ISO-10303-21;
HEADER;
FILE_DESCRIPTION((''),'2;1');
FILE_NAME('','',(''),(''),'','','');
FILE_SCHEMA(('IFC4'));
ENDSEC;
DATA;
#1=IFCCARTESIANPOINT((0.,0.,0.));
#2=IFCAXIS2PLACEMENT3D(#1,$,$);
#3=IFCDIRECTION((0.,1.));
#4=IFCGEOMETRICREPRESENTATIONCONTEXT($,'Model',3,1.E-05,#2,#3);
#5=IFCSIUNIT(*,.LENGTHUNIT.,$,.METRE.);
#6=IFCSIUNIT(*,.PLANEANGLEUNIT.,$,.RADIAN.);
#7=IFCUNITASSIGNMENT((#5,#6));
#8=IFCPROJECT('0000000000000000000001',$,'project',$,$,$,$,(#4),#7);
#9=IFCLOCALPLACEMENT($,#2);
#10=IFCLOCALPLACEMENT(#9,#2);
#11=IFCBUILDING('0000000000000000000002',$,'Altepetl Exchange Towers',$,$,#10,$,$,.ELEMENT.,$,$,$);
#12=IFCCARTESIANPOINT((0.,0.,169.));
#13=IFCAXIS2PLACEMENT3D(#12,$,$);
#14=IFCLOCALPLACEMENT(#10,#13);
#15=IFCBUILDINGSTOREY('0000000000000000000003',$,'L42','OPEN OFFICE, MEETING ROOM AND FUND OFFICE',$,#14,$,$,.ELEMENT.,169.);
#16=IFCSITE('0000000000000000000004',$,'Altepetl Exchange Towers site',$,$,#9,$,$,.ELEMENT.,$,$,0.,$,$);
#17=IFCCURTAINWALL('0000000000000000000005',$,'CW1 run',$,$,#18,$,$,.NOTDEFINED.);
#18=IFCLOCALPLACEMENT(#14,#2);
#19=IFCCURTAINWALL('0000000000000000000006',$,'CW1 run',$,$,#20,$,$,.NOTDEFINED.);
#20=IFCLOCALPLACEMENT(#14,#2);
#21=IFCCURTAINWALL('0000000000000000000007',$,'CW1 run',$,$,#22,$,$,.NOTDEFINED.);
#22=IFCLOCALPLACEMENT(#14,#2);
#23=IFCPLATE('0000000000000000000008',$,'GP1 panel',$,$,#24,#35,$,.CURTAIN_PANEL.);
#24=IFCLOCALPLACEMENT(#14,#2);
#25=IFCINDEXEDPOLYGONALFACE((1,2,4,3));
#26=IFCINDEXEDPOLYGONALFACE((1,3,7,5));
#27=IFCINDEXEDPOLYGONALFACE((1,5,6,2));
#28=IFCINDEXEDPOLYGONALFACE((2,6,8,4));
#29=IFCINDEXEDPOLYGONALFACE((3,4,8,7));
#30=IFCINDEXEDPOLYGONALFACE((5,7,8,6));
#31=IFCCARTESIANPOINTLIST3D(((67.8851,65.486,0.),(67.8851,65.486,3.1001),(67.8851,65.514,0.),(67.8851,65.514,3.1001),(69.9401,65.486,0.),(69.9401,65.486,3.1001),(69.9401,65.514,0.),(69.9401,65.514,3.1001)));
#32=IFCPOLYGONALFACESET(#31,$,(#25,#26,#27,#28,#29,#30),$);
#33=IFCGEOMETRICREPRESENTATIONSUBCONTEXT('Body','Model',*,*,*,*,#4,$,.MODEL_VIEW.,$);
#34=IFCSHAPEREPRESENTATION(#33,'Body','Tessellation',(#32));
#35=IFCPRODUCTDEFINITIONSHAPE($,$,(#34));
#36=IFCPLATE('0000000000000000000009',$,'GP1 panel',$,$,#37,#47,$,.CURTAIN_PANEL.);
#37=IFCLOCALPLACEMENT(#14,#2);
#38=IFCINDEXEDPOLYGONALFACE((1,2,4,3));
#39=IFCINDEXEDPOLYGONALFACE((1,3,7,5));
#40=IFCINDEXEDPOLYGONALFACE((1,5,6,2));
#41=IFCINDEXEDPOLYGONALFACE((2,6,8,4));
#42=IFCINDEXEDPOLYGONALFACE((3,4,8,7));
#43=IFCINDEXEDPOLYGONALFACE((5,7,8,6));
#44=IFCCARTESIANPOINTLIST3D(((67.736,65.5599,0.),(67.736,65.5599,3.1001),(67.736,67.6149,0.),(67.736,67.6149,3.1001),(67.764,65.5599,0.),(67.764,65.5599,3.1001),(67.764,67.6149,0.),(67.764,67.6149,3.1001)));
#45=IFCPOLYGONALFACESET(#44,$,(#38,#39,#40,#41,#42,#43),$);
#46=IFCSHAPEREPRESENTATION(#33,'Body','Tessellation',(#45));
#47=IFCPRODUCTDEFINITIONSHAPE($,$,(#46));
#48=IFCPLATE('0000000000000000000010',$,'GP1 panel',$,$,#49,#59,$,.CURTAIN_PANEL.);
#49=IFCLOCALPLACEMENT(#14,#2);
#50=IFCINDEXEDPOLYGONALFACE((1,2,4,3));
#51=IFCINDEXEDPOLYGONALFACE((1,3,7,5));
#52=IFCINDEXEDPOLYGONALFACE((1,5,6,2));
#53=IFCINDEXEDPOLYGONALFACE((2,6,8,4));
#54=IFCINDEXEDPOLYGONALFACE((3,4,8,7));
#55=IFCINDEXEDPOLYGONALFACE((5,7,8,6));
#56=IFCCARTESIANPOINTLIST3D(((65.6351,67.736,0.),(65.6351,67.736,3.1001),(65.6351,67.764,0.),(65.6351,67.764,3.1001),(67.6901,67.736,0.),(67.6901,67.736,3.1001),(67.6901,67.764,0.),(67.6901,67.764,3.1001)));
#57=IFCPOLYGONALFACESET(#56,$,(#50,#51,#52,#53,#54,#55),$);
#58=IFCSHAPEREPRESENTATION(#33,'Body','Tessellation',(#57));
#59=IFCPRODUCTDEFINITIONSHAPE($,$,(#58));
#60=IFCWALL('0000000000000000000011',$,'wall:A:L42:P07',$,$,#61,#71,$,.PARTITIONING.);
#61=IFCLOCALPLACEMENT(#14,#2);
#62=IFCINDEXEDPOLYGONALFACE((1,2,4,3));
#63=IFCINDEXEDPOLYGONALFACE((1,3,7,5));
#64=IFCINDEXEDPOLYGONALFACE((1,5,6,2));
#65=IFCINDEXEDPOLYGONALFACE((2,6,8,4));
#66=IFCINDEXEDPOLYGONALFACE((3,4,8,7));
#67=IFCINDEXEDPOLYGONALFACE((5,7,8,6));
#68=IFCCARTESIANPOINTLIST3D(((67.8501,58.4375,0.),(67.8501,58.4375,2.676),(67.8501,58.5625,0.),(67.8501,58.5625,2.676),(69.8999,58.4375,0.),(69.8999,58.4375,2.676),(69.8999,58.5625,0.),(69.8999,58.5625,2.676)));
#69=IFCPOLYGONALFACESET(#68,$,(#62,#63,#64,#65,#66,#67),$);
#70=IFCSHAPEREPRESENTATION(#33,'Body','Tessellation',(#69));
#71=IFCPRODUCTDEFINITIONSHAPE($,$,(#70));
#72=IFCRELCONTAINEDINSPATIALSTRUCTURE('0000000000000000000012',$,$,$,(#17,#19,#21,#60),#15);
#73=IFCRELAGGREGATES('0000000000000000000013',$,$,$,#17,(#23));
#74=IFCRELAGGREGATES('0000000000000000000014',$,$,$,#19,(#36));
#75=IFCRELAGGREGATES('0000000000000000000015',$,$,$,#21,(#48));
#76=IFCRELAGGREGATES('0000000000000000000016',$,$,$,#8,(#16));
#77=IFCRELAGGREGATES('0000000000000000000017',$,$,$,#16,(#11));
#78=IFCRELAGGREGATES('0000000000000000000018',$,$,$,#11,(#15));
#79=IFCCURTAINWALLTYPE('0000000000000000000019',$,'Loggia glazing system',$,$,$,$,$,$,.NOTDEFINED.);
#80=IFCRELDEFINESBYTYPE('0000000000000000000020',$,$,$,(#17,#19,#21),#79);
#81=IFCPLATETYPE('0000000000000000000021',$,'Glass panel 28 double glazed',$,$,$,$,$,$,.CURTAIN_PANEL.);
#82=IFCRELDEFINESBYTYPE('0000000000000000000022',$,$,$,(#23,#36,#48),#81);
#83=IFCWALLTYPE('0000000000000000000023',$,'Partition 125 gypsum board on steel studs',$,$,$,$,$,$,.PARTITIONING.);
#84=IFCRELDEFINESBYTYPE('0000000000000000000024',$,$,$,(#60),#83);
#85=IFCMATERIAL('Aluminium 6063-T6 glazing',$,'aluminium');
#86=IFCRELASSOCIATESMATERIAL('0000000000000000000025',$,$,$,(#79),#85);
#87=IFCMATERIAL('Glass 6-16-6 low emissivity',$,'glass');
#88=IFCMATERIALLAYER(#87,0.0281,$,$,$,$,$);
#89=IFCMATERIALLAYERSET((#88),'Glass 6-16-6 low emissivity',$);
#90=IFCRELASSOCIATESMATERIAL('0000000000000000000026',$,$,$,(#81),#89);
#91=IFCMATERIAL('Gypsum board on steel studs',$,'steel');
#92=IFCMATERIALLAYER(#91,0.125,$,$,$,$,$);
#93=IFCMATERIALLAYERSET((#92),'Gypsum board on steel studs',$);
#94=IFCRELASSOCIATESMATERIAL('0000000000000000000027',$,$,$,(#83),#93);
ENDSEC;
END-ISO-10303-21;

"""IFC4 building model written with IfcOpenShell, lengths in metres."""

from ifc_helpers import new_model, si_unit, direction, frame, frame_2d, origin, origin_2d, place, context, subcontext, project, spatial, rectangle, extrude, material, layer, layer_set, type_object, element, aggregate, save


model = new_model("IFC4")

# Units and contexts
model_context = context("Model", 3, precision=1e-05, world=origin(), true_north=direction((0.0, 1.0)))
body_context = subcontext(model_context, "Body", "Model", "MODEL_VIEW")
ifc_project = project(units=[si_unit("LENGTHUNIT", "METRE"), si_unit("PLANEANGLEUNIT", "RADIAN")], contexts=[model_context])

# Site, building, storey
site_placement = place(None, origin())
site = spatial("IfcSite", under=ifc_project, at=site_placement, Name="Altepetl Exchange Towers site", CompositionType="ELEMENT", RefElevation=0.0)
building_placement = place(site_placement, origin())
building = spatial("IfcBuilding", under=site, at=building_placement, Name="Altepetl Exchange Towers", CompositionType="ELEMENT")
storey_placement = place(building_placement, frame((0.0, 0.0, 169.0)))
storey = spatial("IfcBuildingStorey", under=building, at=storey_placement, Name="L42", Description="OPEN OFFICE, MEETING ROOM AND FUND OFFICE", CompositionType="ELEMENT", Elevation=169.0)

# Curtain walls
ifc_material_1 = material(Name="Aluminium 6063-T6 glazing", Category="aluminium")
curtain_wall_type = type_object("IfcCurtainWallType", Name="Loggia glazing system", PredefinedType="NOTDEFINED", material=ifc_material_1)
curtain_wall_1_placement = place(storey_placement, origin())
curtain_wall_1 = element("IfcCurtainWall", 1, at=curtain_wall_1_placement, inside=storey, type_object=curtain_wall_type, Name="CW1 run", PredefinedType="NOTDEFINED")
curtain_wall_2_placement = place(storey_placement, origin())
curtain_wall_2 = element("IfcCurtainWall", 2, at=curtain_wall_2_placement, inside=storey, type_object=curtain_wall_type, Name="CW1 run", PredefinedType="NOTDEFINED")
curtain_wall_3_placement = place(storey_placement, origin())
curtain_wall_3 = element("IfcCurtainWall", 3, at=curtain_wall_3_placement, inside=storey, type_object=curtain_wall_type, Name="CW1 run", PredefinedType="NOTDEFINED")

# Plates
ifc_material_2 = material(Name="Glass 6-16-6 low emissivity", Category="glass")
ifc_layer_1 = layer(ifc_material_2, 0.0281)
ifc_layer_set_1 = layer_set([ifc_layer_1], Name="Glass 6-16-6 low emissivity")
plate_type = type_object("IfcPlateType", Name="Glass panel 28 double glazed", PredefinedType="CURTAIN_PANEL", material=ifc_layer_set_1)
plate_1_placement = place(storey_placement, frame((68.9126, 65.5, 0.0), z_axis=(0.0, 0.0, 1.0), x_axis=(-1.0, 0.0, 0.0)))
plate_1 = element("IfcPlate", 4, at=plate_1_placement, type_object=plate_type, Name="GP1 panel", PredefinedType="CURTAIN_PANEL", context=body_context, shape_type="SweptSolid", body=[
    extrude(rectangle(XDim=2.0549, YDim=0.0281, at=origin_2d()), origin(), (0.0, 0.0, 1.0), 3.1001),
])
aggregate(curtain_wall_1, [plate_1])
plate_2_placement = place(storey_placement, frame((67.75, 66.5874, 0.0), z_axis=(0.0, 0.0, 1.0), x_axis=(0.0, 1.0, 0.0)))
plate_2 = element("IfcPlate", 5, at=plate_2_placement, type_object=plate_type, Name="GP1 panel", PredefinedType="CURTAIN_PANEL", context=body_context, shape_type="SweptSolid", body=[
    extrude(rectangle(XDim=2.0549, YDim=0.0281, at=origin_2d()), origin(), (0.0, 0.0, 1.0), 3.1001),
])
aggregate(curtain_wall_2, [plate_2])
plate_3_placement = place(storey_placement, frame((66.6626, 67.75, 0.0), z_axis=(0.0, 0.0, 1.0), x_axis=(-1.0, 0.0, 0.0)))
plate_3 = element("IfcPlate", 6, at=plate_3_placement, type_object=plate_type, Name="GP1 panel", PredefinedType="CURTAIN_PANEL", context=body_context, shape_type="SweptSolid", body=[
    extrude(rectangle(XDim=2.0549, YDim=0.0281, at=origin_2d()), origin(), (0.0, 0.0, 1.0), 3.1001),
])
aggregate(curtain_wall_3, [plate_3])

# Wall
ifc_material_3 = material(Name="Gypsum board on steel studs", Category="steel")
ifc_layer_2 = layer(ifc_material_3, 0.125)
ifc_layer_set_2 = layer_set([ifc_layer_2], Name="Gypsum board on steel studs")
wall_type = type_object("IfcWallType", Name="Partition 125 gypsum board on steel studs", PredefinedType="PARTITIONING", material=ifc_layer_set_2)
wall_placement = place(storey_placement, frame((67.8501, 58.5, 0.0)))
element("IfcWall", 7, at=wall_placement, inside=storey, type_object=wall_type, Name="wall:A:L42:P07", PredefinedType="PARTITIONING", context=body_context, shape_type="SweptSolid", body=[
    extrude(rectangle(XDim=2.0498, YDim=0.125, at=frame_2d((1.0249, 0.0))), origin(), (0.0, 0.0, 1.0), 2.676),
])

save(model, "model.ifc")
